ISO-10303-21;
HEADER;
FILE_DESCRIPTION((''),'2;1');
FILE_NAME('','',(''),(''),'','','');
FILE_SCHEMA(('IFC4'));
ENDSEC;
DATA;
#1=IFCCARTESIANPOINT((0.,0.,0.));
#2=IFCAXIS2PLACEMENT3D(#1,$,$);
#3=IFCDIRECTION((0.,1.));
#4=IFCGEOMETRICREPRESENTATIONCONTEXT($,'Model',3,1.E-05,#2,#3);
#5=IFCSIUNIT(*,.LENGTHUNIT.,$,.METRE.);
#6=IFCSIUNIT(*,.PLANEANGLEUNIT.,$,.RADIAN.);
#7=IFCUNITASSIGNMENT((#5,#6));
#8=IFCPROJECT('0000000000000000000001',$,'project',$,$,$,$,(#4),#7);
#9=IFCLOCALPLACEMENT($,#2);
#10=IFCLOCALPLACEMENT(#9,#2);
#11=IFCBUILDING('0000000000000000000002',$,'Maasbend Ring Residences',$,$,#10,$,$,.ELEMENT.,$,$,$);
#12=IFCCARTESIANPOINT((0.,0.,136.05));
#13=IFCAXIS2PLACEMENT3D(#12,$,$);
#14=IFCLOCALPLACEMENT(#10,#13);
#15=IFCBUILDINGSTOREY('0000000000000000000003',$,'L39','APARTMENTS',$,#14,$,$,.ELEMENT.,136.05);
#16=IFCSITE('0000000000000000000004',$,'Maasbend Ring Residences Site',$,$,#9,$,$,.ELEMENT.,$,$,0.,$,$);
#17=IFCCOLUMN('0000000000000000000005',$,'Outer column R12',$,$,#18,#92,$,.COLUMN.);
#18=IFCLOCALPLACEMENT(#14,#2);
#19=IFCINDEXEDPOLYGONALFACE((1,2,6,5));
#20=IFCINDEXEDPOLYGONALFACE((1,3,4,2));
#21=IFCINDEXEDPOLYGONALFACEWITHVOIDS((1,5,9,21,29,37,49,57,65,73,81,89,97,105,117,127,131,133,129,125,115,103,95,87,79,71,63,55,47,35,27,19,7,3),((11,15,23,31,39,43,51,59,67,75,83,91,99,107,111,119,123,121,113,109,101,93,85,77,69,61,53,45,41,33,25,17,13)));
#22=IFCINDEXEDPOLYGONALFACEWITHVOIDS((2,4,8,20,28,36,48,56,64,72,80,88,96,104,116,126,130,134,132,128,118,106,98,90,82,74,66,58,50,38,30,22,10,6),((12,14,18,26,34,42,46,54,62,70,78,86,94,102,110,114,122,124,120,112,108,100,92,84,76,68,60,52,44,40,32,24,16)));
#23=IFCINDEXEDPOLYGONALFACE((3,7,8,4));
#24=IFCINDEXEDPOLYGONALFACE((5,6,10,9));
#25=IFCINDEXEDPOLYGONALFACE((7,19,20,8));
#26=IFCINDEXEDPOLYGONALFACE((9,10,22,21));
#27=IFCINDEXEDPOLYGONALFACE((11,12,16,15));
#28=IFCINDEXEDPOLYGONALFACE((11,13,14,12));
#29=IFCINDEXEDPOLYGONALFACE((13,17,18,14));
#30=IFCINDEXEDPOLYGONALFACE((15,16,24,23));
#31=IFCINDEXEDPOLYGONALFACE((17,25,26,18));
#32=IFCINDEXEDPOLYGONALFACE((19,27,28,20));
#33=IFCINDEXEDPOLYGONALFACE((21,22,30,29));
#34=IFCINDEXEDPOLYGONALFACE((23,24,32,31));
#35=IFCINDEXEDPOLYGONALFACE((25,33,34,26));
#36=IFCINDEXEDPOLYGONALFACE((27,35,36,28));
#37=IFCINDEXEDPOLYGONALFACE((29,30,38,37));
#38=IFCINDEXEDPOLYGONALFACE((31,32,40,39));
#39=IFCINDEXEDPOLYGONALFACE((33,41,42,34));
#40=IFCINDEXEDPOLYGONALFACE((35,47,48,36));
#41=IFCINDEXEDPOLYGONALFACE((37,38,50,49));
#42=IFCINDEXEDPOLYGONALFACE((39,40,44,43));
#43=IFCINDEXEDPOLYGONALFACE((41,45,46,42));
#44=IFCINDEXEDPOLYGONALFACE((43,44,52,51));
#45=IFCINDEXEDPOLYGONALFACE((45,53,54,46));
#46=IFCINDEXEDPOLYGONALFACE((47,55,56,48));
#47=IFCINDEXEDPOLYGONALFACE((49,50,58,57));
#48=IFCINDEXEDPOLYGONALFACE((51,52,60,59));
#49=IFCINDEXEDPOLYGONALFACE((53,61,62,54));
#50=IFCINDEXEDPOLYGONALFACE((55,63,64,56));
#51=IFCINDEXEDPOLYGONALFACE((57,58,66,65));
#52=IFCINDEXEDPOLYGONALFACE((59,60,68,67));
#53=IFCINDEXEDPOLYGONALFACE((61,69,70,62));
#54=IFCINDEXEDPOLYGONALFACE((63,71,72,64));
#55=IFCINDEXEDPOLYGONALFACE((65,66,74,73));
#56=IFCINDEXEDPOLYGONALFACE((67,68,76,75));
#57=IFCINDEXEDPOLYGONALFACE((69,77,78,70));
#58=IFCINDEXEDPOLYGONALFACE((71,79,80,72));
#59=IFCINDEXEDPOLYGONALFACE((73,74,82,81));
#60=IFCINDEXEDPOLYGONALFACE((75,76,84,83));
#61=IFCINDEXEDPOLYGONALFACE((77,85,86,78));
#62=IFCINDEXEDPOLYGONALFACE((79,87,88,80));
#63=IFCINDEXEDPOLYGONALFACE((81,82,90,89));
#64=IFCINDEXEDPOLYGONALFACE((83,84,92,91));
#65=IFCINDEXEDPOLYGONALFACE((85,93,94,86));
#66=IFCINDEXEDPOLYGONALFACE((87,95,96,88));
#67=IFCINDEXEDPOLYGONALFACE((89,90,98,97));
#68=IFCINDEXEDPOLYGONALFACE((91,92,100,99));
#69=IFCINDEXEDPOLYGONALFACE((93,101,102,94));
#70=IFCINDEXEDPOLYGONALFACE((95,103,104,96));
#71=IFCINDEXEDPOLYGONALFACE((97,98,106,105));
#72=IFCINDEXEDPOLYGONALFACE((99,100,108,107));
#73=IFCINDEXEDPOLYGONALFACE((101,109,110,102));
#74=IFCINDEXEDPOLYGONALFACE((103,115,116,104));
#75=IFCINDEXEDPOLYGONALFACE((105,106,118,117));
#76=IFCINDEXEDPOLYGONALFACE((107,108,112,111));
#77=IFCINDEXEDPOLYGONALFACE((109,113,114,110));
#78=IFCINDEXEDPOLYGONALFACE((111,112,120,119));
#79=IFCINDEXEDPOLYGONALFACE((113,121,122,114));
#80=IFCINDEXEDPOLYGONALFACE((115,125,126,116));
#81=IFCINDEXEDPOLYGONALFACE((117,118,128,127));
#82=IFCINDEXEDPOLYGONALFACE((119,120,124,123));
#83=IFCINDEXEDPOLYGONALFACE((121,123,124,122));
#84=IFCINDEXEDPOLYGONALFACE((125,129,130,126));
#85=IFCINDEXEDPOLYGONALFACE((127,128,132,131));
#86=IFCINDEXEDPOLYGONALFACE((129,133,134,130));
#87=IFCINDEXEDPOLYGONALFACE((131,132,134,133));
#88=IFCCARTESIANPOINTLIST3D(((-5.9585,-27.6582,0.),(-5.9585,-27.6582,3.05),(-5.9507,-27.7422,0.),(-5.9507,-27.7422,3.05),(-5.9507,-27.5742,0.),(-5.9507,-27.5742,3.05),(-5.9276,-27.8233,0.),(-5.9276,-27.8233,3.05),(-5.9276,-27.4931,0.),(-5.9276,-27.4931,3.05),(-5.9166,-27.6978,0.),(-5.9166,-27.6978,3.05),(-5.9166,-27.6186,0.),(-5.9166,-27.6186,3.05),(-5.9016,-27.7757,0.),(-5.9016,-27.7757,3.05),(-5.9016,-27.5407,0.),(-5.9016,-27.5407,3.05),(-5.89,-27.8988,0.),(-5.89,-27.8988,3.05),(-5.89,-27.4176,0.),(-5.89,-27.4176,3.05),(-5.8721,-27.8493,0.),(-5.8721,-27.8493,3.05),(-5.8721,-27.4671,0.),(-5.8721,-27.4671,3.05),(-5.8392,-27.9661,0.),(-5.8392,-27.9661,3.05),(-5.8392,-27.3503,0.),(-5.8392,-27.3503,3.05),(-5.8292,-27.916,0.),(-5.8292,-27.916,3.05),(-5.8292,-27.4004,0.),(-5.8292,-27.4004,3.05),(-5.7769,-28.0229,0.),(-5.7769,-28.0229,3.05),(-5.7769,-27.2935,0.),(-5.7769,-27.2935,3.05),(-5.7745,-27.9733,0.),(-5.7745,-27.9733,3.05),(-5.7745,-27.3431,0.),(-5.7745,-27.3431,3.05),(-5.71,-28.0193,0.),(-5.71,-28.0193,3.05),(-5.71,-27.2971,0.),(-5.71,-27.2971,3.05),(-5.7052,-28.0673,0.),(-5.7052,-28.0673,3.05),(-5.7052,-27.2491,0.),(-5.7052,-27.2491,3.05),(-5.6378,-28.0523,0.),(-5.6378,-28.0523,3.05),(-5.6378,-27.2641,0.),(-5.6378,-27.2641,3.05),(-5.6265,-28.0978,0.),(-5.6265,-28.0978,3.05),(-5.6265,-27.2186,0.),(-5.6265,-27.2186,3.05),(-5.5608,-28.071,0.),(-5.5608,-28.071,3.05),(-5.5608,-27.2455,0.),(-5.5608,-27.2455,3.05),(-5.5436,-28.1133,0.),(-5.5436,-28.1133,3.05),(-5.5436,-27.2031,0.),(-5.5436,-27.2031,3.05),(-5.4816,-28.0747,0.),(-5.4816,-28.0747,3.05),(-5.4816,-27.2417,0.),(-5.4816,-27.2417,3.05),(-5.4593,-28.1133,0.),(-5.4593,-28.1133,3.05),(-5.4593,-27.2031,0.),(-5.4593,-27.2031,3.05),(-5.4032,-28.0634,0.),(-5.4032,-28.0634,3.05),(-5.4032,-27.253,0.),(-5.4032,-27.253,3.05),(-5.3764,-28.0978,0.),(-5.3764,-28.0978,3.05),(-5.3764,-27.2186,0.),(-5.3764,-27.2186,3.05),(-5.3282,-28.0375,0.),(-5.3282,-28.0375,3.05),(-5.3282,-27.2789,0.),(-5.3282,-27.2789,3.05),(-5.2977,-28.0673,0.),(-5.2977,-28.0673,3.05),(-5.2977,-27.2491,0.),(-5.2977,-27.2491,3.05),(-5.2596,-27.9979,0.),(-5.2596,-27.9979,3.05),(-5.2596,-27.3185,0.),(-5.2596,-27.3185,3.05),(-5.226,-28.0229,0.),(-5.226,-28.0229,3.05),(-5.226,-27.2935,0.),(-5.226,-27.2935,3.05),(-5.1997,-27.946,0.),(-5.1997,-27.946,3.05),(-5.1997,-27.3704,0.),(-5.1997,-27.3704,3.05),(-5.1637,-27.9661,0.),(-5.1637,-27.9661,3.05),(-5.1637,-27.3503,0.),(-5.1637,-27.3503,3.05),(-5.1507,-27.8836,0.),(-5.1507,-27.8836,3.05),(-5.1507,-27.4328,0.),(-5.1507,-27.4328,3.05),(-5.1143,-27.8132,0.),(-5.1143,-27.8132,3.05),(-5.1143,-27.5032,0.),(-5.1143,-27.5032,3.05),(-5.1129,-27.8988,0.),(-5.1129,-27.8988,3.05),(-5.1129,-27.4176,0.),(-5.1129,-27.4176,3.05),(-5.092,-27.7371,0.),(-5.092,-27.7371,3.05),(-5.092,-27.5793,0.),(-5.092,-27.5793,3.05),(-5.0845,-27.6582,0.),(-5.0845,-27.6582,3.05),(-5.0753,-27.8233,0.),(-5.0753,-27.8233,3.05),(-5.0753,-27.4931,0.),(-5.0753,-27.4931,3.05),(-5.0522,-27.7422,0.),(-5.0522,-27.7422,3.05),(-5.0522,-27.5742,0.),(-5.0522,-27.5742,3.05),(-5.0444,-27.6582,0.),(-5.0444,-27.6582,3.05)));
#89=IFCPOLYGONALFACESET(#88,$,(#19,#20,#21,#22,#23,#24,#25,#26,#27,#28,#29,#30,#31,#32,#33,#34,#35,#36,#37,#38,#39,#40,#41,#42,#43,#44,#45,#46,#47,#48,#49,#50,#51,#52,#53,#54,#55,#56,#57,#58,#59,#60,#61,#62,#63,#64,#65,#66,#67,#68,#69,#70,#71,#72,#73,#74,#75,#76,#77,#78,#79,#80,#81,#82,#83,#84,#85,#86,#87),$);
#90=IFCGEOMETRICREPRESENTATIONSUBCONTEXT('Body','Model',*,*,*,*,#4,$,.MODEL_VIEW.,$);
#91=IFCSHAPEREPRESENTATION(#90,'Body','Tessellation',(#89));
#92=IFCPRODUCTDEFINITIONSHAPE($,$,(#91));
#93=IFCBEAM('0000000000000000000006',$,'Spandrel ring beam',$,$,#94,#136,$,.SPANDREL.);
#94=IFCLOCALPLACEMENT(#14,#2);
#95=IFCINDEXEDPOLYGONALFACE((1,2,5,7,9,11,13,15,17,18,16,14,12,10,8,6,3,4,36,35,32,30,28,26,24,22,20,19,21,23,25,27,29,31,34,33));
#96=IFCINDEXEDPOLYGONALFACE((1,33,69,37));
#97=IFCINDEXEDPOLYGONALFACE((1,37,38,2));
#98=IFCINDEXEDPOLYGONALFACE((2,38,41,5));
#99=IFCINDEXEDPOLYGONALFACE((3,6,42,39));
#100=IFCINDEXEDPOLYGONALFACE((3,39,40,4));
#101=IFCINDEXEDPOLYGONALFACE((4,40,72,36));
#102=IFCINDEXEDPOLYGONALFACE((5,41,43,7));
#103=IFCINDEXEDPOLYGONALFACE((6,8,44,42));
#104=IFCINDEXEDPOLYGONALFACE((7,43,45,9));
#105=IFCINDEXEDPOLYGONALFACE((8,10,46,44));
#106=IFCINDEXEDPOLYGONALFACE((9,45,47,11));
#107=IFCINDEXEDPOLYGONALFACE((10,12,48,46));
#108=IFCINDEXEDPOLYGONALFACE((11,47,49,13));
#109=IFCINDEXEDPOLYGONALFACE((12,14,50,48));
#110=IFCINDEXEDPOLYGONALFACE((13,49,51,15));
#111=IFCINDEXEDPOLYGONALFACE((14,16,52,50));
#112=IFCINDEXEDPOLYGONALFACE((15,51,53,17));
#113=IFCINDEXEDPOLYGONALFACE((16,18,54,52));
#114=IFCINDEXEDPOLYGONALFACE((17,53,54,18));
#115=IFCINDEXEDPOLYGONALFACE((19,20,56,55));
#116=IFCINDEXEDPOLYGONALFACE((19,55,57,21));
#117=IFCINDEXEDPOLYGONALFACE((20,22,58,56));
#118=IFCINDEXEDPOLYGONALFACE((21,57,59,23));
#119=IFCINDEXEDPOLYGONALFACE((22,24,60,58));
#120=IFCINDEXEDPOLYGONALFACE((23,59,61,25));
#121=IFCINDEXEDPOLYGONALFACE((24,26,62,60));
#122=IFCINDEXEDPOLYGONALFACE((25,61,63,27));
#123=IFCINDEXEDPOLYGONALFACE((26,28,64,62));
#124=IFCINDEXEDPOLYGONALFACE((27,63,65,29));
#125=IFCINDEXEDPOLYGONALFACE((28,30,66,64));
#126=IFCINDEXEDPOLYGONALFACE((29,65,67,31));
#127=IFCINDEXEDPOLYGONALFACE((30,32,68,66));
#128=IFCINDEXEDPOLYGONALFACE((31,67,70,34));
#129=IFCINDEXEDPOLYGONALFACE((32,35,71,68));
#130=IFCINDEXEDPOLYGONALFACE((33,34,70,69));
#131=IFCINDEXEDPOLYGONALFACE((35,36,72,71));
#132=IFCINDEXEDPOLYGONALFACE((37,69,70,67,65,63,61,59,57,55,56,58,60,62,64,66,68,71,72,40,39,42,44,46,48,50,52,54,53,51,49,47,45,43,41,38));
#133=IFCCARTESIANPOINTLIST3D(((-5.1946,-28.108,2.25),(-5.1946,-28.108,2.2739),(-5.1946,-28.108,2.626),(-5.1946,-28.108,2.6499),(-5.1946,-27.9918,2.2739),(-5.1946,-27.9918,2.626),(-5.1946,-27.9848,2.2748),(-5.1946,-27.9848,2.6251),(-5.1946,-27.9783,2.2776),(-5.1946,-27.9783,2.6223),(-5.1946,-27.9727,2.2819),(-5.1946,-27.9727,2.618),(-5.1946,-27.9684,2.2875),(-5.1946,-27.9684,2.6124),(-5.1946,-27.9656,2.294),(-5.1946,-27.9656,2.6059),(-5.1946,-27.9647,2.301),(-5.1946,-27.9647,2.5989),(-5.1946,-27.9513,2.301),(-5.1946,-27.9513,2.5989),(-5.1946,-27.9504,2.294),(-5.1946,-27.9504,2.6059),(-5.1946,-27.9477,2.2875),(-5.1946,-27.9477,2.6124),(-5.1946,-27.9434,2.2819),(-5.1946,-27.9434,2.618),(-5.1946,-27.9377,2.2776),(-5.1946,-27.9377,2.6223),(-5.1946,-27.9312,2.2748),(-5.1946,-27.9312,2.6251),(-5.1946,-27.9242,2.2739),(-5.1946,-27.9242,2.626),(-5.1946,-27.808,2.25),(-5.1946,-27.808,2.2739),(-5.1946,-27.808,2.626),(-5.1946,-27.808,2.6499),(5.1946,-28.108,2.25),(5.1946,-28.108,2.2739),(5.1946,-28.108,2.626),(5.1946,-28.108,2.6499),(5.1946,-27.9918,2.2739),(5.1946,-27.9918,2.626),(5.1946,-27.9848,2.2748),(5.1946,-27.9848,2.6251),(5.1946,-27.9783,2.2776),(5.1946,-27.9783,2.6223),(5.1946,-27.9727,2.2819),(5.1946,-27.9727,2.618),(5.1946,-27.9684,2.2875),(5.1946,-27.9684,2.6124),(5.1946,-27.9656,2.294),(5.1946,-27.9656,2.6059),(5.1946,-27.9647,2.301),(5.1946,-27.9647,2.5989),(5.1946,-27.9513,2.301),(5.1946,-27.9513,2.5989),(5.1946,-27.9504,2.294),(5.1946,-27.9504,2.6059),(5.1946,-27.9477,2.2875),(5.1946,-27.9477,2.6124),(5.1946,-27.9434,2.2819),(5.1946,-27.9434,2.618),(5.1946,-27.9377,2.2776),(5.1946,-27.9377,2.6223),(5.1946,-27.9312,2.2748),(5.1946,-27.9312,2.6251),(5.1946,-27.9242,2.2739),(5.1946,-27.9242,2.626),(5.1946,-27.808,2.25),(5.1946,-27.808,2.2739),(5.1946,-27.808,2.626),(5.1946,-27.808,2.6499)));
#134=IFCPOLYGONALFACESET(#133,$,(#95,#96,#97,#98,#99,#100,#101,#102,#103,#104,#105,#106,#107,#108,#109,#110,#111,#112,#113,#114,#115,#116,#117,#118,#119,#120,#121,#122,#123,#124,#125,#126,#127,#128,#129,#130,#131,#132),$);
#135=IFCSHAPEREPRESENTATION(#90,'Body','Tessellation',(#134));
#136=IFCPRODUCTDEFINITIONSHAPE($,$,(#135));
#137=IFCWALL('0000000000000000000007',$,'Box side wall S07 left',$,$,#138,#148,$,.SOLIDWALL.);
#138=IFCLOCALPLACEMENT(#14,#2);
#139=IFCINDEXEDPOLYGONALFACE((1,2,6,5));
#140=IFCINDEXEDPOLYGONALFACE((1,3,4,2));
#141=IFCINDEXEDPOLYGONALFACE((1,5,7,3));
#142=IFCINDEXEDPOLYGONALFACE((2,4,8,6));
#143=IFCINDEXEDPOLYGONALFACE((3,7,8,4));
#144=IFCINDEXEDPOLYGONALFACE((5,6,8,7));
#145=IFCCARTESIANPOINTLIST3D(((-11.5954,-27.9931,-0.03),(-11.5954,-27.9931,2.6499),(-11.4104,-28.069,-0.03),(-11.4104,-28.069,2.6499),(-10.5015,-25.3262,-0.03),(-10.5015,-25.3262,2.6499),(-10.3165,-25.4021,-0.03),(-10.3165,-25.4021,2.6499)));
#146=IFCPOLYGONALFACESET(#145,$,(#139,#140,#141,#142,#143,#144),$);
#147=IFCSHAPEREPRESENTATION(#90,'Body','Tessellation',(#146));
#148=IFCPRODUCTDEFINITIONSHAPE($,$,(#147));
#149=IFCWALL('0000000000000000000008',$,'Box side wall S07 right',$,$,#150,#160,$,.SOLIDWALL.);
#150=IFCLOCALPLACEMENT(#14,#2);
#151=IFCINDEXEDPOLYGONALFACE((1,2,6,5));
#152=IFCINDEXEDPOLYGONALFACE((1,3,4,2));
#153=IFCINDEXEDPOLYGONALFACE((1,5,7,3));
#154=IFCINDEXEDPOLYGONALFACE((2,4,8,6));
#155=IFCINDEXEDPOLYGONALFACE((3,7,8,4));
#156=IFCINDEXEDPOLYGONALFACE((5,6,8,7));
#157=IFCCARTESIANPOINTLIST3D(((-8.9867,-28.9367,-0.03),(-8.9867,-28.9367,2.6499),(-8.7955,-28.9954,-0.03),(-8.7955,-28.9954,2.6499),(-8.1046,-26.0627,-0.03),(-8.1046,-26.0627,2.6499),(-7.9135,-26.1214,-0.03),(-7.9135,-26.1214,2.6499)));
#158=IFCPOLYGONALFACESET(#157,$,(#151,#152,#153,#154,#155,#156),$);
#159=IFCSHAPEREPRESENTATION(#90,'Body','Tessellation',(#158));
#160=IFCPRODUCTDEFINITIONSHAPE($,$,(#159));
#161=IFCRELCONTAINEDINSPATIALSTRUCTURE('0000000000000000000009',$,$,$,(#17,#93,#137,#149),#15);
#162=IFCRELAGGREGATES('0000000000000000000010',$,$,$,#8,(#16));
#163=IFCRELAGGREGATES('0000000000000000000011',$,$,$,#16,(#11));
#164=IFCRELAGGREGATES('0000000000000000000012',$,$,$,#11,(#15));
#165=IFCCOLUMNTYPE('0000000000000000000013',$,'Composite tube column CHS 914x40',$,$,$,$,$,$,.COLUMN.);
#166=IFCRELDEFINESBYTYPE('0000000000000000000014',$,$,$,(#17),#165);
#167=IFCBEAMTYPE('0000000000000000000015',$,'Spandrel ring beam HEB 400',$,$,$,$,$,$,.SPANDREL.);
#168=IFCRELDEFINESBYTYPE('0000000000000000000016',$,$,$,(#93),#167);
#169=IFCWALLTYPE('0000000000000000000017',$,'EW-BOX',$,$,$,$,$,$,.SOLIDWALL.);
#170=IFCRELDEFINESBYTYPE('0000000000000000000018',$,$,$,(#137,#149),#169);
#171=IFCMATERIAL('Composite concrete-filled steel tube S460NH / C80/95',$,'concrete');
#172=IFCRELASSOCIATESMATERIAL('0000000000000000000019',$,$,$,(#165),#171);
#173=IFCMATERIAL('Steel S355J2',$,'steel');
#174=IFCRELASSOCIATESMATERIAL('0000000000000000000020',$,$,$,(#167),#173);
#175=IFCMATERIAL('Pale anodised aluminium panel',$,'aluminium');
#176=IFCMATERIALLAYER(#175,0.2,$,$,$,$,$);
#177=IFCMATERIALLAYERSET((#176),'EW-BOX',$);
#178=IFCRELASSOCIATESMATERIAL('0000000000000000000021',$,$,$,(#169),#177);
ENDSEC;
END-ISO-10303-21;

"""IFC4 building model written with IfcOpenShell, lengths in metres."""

from ifc_helpers import new_model, si_unit, direction, frame, frame_2d, origin, origin_2d, place, context, subcontext, project, spatial, rectangle, hollow_circle, i_section, extrude, material, layer, layer_set, material_profile, profile_set, type_object, element, save


model = new_model("IFC4")

# Units and contexts
model_context = context("Model", 3, precision=1e-05, world=origin(), true_north=direction((0.0, 1.0)))
body_context = subcontext(model_context, "Body", "Model", "MODEL_VIEW")
ifc_project = project(units=[si_unit("LENGTHUNIT", "METRE"), si_unit("PLANEANGLEUNIT", "RADIAN")], contexts=[model_context])

# Site, building, storey
site_placement = place(None, origin())
site = spatial("IfcSite", under=ifc_project, at=site_placement, Name="Maasbend Ring Residences Site", CompositionType="ELEMENT", RefElevation=0.0)
building_placement = place(site_placement, origin())
building = spatial("IfcBuilding", under=site, at=building_placement, Name="Maasbend Ring Residences", CompositionType="ELEMENT")
storey_placement = place(building_placement, frame((0.0, 0.0, 136.05)))
storey = spatial("IfcBuildingStorey", under=building, at=storey_placement, Name="L39", Description="APARTMENTS", CompositionType="ELEMENT", Elevation=136.05)

# Column
ifc_material_1 = material(Name="Composite concrete-filled steel tube S460NH / C80/95", Category="concrete")
ifc_material_profile_1 = material_profile(ifc_material_1, hollow_circle(Radius=0.457, WallThickness=0.04, at=origin_2d()), Name="Composite tube column CHS 914x40")
ifc_profile_set_1 = profile_set([ifc_material_profile_1], Name="Composite concrete-filled steel tube S460NH / C80/95")
column_type = type_object("IfcColumnType", Name="Composite tube column CHS 914x40", PredefinedType="COLUMN", material=ifc_profile_set_1)
column_placement = place(storey_placement, frame((-5.5015, -27.6582, 0.0), z_axis=(0.0, 0.0, 1.0), x_axis=(1.0, 0.0, 0.0)))
element("IfcColumn", 1, at=column_placement, inside=storey, type_object=column_type, Name="Outer column R12", PredefinedType="COLUMN", context=body_context, shape_type="SweptSolid", body=[
    extrude(hollow_circle(Radius=0.457, WallThickness=0.04, at=origin_2d()), origin(), (0.0, 0.0, 1.0), 3.05),
])

# Beam
ifc_material_2 = material(Name="Steel S355J2", Category="steel")
ifc_material_profile_2 = material_profile(ifc_material_2, i_section(OverallWidth=0.3, OverallDepth=0.3999, WebThickness=0.0134, FlangeThickness=0.0239, FilletRadius=0.0271, at=origin_2d()), Name="HEB 400")
ifc_profile_set_2 = profile_set([ifc_material_profile_2], Name="Steel S355J2")
beam_type = type_object("IfcBeamType", Name="Spandrel ring beam HEB 400", PredefinedType="SPANDREL", material=ifc_profile_set_2)
beam_placement = place(storey_placement, frame((-5.1946, -27.958, 2.45), z_axis=(1.0, 0.0, 0.0), x_axis=(0.0, 1.0, 0.0)))
element("IfcBeam", 2, at=beam_placement, inside=storey, type_object=beam_type, Name="Spandrel ring beam", PredefinedType="SPANDREL", context=body_context, shape_type="SweptSolid", body=[
    extrude(i_section(OverallWidth=0.3, OverallDepth=0.3999, WebThickness=0.0134, FlangeThickness=0.0239, FilletRadius=0.0271, at=origin_2d()), origin(), (0.0, 0.0, 1.0), 10.3892),
])

# Walls
ifc_material_3 = material(Name="Pale anodised aluminium panel", Category="aluminium")
ifc_layer_1 = layer(ifc_material_3, 0.2)
ifc_layer_set_1 = layer_set([ifc_layer_1], Name="EW-BOX")
wall_type_1 = type_object("IfcWallType", Name="EW-BOX", PredefinedType="SOLIDWALL", material=ifc_layer_set_1)
wall_1_placement = place(storey_placement, frame((-10.4089, -25.364, -0.03), z_axis=(0.0, 0.0, 1.0), x_axis=(-0.37951, -0.925188, 0.0)))
element("IfcWall", 3, at=wall_1_placement, inside=storey, type_object=wall_type_1, Name="Box side wall S07 left", PredefinedType="SOLIDWALL", context=body_context, shape_type="SweptSolid", body=[
    extrude(rectangle(XDim=2.8826, YDim=0.2, at=frame_2d((1.4414, 0.0))), origin(), (0.0, 0.0, 1.0), 2.6799),
])
wall_2_placement = place(storey_placement, frame((-8.009, -26.092, -0.03), z_axis=(0.0, 0.0, 1.0), x_axis=(-0.293407, -0.955988, 0.0)))
element("IfcWall", 4, at=wall_2_placement, inside=storey, type_object=wall_type_1, Name="Box side wall S07 right", PredefinedType="SOLIDWALL", context=body_context, shape_type="SweptSolid", body=[
    extrude(rectangle(XDim=3.0063, YDim=0.2, at=frame_2d((1.5032, 0.0))), origin(), (0.0, 0.0, 1.0), 2.6799),
])

save(model, "model.ifc")
